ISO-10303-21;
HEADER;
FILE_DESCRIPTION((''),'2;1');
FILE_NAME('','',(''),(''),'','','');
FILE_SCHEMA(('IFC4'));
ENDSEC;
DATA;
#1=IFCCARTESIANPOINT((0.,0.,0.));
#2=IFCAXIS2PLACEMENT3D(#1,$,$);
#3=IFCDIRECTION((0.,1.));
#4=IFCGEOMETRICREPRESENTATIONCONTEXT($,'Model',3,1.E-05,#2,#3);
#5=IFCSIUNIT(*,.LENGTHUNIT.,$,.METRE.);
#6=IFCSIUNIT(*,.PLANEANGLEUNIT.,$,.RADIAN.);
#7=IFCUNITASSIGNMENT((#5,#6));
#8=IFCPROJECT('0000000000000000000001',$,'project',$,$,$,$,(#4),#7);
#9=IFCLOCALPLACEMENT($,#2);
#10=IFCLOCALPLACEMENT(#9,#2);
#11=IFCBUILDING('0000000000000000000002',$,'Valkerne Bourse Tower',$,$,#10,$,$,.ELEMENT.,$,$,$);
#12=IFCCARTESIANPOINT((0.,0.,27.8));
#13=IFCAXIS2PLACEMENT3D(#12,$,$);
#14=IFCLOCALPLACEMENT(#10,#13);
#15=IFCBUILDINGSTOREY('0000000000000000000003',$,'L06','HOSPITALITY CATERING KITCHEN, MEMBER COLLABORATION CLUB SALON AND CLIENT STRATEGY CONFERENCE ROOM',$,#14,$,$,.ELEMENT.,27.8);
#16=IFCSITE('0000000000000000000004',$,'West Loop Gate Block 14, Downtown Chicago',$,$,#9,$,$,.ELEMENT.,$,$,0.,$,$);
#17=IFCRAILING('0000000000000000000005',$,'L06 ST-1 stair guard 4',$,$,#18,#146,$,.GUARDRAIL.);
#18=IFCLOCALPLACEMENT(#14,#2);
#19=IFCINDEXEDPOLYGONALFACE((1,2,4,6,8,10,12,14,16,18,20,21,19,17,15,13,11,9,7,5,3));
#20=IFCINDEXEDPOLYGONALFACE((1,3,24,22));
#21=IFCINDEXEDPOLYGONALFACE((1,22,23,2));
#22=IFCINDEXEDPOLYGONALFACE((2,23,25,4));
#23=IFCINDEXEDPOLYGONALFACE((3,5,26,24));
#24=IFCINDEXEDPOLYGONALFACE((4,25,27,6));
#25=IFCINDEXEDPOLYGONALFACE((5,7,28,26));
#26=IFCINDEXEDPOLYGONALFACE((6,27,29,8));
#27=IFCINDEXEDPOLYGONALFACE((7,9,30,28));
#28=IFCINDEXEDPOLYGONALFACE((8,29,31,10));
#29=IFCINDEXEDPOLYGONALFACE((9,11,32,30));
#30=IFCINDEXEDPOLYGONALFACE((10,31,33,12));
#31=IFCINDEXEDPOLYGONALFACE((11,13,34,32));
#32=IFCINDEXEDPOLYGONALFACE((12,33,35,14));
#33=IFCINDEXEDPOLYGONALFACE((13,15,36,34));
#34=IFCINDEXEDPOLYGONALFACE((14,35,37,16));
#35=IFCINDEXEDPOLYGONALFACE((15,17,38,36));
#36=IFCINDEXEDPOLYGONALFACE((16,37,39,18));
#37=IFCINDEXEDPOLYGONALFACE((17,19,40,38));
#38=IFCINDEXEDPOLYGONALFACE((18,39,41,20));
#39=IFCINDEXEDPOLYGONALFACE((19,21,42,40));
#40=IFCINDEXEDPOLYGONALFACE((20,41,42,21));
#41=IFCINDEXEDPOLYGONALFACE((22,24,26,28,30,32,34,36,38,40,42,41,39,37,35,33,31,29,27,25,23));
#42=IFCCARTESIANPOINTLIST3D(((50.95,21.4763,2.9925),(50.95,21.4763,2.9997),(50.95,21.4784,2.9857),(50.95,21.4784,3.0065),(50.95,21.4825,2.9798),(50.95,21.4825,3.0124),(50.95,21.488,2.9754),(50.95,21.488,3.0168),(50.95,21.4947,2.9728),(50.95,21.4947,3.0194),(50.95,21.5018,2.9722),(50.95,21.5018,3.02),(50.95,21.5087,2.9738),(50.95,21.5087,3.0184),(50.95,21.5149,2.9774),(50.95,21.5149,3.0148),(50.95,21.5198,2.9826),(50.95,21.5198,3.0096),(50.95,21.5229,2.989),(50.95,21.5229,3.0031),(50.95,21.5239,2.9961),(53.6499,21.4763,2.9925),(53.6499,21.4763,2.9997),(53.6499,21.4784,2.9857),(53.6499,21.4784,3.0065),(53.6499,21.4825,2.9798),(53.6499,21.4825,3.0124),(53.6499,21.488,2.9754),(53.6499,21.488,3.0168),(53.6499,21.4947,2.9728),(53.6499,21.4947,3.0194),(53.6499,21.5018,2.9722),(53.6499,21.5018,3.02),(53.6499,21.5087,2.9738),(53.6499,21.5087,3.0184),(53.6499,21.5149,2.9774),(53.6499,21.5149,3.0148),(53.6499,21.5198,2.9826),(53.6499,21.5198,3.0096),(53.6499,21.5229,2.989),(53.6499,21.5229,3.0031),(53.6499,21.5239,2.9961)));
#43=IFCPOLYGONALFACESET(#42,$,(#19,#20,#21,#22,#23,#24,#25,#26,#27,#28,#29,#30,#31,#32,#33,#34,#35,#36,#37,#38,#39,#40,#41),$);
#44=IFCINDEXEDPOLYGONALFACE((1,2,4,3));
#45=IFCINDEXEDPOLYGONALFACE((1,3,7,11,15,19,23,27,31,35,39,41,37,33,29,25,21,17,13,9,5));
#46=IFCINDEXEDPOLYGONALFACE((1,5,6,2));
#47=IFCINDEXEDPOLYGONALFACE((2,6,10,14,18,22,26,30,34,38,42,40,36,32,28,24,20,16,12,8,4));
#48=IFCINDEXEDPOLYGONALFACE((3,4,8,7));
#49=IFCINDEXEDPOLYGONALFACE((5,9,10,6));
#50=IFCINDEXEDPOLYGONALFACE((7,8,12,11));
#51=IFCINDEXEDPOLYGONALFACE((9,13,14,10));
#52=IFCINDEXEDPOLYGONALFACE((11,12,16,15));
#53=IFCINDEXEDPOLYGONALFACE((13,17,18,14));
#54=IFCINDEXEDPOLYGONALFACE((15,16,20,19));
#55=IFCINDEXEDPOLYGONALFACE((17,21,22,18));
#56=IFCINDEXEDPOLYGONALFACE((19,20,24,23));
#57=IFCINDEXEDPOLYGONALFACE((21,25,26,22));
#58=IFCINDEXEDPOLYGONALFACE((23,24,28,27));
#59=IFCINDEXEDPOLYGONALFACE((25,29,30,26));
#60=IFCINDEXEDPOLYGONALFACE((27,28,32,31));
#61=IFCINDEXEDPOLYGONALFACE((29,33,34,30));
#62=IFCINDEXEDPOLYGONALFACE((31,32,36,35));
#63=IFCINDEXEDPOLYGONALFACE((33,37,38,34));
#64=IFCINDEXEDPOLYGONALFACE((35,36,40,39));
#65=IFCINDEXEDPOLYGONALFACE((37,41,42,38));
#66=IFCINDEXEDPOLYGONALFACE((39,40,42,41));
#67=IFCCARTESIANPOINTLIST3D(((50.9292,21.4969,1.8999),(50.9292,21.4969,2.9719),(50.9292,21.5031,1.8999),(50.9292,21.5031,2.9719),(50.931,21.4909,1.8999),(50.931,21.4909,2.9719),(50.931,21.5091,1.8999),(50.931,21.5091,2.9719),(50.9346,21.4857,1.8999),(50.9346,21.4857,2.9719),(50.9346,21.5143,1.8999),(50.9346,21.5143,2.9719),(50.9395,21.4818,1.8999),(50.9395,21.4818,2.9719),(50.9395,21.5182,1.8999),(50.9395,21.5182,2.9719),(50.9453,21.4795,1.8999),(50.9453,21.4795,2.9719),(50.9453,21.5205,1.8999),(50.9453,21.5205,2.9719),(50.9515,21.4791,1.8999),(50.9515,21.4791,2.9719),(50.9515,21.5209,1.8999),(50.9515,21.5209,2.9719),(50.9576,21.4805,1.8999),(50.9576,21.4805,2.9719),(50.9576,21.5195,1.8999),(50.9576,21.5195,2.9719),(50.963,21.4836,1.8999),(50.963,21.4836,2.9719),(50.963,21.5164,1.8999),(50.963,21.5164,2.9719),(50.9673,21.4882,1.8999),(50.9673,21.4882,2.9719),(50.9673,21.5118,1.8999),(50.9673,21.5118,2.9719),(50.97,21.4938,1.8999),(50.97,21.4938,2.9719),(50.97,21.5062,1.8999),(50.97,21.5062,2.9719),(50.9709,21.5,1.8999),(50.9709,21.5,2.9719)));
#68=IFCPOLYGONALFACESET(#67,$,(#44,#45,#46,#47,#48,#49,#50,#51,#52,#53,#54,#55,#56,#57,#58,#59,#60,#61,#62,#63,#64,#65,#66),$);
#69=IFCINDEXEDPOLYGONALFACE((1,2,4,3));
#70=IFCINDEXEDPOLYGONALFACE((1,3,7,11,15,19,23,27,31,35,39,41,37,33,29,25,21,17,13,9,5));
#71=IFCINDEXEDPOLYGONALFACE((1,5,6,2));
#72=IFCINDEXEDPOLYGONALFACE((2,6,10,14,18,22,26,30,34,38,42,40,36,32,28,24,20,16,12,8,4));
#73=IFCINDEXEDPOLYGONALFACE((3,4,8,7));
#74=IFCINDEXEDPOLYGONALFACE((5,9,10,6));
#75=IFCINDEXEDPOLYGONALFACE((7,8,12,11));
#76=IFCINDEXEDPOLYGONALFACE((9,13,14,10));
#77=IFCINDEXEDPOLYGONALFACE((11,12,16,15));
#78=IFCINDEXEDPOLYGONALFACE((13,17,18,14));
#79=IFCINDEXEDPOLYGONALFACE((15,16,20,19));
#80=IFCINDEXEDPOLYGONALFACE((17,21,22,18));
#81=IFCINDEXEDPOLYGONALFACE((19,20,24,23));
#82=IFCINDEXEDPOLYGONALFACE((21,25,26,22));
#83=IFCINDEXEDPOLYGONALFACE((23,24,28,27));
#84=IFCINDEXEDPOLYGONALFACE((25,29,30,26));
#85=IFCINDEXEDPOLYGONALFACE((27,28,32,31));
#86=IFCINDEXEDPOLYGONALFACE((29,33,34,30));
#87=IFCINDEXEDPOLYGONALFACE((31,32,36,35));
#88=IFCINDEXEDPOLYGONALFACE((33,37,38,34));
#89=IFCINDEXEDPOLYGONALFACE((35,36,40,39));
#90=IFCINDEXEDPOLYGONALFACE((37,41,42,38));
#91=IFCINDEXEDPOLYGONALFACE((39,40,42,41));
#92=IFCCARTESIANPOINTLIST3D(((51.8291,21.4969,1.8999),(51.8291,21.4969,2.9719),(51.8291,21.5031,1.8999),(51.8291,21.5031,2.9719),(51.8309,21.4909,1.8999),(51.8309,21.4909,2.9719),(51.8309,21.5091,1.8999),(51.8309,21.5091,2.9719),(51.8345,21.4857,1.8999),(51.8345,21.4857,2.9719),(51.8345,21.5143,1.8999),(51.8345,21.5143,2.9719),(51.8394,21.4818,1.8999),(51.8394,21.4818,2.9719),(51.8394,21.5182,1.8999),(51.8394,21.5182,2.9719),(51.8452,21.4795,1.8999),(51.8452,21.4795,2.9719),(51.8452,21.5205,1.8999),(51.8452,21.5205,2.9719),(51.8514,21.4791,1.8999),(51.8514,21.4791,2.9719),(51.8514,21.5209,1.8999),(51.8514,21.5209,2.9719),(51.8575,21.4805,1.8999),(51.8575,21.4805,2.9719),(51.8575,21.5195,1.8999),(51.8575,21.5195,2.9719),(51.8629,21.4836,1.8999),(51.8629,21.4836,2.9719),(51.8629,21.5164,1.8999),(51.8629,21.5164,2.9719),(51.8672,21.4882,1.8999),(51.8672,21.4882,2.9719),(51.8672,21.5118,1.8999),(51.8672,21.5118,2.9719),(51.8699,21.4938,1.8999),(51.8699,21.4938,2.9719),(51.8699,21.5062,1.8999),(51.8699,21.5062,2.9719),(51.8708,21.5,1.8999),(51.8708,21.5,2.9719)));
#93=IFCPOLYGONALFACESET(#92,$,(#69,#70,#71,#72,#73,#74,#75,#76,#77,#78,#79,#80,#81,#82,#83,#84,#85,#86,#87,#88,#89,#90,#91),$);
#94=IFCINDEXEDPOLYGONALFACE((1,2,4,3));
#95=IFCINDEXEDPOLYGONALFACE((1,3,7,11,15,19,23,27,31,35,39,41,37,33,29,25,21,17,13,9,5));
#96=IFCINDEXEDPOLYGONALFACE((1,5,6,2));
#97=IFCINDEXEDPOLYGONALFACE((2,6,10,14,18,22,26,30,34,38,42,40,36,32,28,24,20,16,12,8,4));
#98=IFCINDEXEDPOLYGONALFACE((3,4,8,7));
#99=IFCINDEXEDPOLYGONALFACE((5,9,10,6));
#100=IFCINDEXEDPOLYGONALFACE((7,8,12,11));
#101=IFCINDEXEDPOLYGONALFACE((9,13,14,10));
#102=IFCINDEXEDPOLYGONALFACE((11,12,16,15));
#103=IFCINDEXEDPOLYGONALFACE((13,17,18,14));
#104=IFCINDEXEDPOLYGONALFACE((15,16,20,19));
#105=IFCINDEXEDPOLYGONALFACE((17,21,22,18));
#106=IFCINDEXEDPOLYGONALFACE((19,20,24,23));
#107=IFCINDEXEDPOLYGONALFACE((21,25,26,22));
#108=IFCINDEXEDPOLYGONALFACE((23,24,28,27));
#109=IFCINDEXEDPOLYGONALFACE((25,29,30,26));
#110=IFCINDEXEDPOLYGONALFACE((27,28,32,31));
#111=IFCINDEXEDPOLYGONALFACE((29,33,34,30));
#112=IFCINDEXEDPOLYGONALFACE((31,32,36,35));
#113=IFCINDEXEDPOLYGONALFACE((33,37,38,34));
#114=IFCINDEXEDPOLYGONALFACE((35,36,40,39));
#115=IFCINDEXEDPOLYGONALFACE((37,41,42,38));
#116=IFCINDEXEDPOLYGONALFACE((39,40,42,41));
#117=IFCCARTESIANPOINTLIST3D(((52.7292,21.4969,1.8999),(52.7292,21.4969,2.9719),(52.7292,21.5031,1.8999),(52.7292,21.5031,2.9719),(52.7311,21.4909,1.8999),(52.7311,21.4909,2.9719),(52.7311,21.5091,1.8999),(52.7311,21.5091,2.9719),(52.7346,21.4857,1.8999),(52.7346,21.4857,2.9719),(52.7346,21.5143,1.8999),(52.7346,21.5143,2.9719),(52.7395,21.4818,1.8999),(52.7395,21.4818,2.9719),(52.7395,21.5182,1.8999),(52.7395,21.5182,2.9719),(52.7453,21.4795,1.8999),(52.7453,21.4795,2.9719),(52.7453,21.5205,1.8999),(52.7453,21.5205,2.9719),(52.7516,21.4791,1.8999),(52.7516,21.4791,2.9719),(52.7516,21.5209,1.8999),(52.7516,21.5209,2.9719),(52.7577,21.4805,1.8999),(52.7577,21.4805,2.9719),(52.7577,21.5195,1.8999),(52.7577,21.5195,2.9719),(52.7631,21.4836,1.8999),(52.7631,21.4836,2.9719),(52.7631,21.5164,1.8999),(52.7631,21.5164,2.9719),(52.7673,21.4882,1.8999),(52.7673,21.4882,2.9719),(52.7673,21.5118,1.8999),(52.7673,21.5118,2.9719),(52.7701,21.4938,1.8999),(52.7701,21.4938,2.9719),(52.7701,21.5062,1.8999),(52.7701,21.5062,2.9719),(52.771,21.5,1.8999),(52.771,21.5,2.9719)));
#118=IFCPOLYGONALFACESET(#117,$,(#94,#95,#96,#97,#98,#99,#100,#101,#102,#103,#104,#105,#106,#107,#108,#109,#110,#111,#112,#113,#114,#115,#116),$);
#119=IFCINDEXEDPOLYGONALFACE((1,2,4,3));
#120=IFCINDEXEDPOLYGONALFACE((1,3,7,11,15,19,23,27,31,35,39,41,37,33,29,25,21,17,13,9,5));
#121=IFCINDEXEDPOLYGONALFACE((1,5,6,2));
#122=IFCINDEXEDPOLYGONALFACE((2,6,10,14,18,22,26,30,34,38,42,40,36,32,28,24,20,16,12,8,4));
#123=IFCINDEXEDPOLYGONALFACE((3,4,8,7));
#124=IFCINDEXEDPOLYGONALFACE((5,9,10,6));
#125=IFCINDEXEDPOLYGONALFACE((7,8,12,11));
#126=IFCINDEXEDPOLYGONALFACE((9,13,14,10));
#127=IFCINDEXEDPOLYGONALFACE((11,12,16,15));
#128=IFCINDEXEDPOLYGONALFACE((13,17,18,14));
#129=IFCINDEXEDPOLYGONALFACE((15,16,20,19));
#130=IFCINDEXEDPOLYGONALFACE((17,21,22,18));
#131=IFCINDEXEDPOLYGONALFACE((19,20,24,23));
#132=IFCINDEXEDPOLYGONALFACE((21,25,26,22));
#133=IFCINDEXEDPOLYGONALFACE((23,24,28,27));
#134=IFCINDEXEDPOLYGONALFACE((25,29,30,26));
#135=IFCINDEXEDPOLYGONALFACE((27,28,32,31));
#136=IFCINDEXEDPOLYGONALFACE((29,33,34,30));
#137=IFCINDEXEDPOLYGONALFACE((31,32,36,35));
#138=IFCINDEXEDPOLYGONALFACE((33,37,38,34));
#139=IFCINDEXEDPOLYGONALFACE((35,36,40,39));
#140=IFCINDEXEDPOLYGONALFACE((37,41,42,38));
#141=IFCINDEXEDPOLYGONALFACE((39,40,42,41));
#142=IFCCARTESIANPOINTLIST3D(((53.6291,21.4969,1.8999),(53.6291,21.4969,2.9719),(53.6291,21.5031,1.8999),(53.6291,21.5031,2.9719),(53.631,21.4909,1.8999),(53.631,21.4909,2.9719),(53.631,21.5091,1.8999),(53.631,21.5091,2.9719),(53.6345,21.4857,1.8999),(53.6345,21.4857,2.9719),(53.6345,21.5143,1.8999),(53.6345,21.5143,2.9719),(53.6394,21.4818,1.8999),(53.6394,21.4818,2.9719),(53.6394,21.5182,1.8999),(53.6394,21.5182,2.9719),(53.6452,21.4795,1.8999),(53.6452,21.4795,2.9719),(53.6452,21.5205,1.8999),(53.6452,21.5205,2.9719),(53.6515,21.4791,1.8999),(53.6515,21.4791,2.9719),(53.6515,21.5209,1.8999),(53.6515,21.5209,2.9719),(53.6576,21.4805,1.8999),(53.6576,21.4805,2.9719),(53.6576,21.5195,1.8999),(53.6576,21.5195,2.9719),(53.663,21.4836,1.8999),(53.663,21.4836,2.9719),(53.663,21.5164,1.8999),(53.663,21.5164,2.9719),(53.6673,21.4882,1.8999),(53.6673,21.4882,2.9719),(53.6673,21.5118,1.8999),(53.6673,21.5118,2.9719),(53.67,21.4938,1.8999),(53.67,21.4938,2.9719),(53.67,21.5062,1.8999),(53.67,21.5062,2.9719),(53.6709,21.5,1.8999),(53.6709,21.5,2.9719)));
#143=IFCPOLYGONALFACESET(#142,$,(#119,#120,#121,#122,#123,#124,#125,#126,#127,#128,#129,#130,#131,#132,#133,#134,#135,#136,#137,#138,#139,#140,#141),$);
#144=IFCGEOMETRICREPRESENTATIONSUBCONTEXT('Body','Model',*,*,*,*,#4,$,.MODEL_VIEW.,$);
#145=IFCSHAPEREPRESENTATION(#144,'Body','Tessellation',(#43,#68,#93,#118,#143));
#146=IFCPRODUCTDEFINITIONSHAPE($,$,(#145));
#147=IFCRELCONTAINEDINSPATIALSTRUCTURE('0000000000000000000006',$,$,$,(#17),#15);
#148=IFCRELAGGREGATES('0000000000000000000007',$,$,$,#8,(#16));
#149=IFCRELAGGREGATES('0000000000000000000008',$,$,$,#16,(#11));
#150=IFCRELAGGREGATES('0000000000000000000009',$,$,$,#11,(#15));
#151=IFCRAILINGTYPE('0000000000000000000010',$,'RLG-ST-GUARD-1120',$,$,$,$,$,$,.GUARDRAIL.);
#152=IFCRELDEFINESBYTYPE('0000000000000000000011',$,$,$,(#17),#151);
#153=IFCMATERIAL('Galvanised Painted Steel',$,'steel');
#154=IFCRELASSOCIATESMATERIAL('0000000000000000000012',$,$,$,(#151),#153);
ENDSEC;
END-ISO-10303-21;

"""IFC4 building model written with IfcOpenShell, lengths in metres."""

from ifc_helpers import new_model, si_unit, direction, frame, origin, origin_2d, place, context, subcontext, project, spatial, circle, extrude, material, type_object, element, save


model = new_model("IFC4")

# Units and contexts
model_context = context("Model", 3, precision=1e-05, world=origin(), true_north=direction((0.0, 1.0)))
body_context = subcontext(model_context, "Body", "Model", "MODEL_VIEW")
ifc_project = project(units=[si_unit("LENGTHUNIT", "METRE"), si_unit("PLANEANGLEUNIT", "RADIAN")], contexts=[model_context])

# Site, building, storey
site_placement = place(None, origin())
site = spatial("IfcSite", under=ifc_project, at=site_placement, Name="West Loop Gate Block 14, Downtown Chicago", CompositionType="ELEMENT", RefElevation=0.0)
building_placement = place(site_placement, origin())
building = spatial("IfcBuilding", under=site, at=building_placement, Name="Valkerne Bourse Tower", CompositionType="ELEMENT")
storey_placement = place(building_placement, frame((0.0, 0.0, 27.8)))
storey = spatial("IfcBuildingStorey", under=building, at=storey_placement, Name="L06", Description="HOSPITALITY CATERING KITCHEN, MEMBER COLLABORATION CLUB SALON AND CLIENT STRATEGY CONFERENCE ROOM", CompositionType="ELEMENT", Elevation=27.8)

# Shared definitions
ifc_material_1 = material(Name="Galvanised Painted Steel", Category="steel")

# Railing
railing_type_1 = type_object("IfcRailingType", Name="RLG-ST-GUARD-1120", PredefinedType="GUARDRAIL", material=ifc_material_1)
railing_1_placement = place(storey_placement, frame((50.95, 21.5, 1.8999)))
element("IfcRailing", 1, at=railing_1_placement, inside=storey, type_object=railing_type_1, Name="L06 ST-1 stair guard 4", PredefinedType="GUARDRAIL", context=body_context, shape_type="SweptSolid", body=[
    extrude(circle(Radius=0.0239, at=origin_2d()), frame((0.0, 0.0, 1.0962), z_axis=(1.0, 0.0, 0.0), x_axis=(0.0, 1.0, 0.0)), (0.0, 0.0, 1.0), 2.7),
    extrude(circle(Radius=0.021, at=origin_2d()), origin(), (0.0, 0.0, 1.0), 1.072),
    extrude(circle(Radius=0.021, at=origin_2d()), frame((0.8999, 0.0, 0.0)), (0.0, 0.0, 1.0), 1.072),
    extrude(circle(Radius=0.021, at=origin_2d()), frame((1.8, 0.0, 0.0)), (0.0, 0.0, 1.0), 1.072),
    extrude(circle(Radius=0.021, at=origin_2d()), frame((2.7, 0.0, 0.0)), (0.0, 0.0, 1.0), 1.072),
])

save(model, "model.ifc")
